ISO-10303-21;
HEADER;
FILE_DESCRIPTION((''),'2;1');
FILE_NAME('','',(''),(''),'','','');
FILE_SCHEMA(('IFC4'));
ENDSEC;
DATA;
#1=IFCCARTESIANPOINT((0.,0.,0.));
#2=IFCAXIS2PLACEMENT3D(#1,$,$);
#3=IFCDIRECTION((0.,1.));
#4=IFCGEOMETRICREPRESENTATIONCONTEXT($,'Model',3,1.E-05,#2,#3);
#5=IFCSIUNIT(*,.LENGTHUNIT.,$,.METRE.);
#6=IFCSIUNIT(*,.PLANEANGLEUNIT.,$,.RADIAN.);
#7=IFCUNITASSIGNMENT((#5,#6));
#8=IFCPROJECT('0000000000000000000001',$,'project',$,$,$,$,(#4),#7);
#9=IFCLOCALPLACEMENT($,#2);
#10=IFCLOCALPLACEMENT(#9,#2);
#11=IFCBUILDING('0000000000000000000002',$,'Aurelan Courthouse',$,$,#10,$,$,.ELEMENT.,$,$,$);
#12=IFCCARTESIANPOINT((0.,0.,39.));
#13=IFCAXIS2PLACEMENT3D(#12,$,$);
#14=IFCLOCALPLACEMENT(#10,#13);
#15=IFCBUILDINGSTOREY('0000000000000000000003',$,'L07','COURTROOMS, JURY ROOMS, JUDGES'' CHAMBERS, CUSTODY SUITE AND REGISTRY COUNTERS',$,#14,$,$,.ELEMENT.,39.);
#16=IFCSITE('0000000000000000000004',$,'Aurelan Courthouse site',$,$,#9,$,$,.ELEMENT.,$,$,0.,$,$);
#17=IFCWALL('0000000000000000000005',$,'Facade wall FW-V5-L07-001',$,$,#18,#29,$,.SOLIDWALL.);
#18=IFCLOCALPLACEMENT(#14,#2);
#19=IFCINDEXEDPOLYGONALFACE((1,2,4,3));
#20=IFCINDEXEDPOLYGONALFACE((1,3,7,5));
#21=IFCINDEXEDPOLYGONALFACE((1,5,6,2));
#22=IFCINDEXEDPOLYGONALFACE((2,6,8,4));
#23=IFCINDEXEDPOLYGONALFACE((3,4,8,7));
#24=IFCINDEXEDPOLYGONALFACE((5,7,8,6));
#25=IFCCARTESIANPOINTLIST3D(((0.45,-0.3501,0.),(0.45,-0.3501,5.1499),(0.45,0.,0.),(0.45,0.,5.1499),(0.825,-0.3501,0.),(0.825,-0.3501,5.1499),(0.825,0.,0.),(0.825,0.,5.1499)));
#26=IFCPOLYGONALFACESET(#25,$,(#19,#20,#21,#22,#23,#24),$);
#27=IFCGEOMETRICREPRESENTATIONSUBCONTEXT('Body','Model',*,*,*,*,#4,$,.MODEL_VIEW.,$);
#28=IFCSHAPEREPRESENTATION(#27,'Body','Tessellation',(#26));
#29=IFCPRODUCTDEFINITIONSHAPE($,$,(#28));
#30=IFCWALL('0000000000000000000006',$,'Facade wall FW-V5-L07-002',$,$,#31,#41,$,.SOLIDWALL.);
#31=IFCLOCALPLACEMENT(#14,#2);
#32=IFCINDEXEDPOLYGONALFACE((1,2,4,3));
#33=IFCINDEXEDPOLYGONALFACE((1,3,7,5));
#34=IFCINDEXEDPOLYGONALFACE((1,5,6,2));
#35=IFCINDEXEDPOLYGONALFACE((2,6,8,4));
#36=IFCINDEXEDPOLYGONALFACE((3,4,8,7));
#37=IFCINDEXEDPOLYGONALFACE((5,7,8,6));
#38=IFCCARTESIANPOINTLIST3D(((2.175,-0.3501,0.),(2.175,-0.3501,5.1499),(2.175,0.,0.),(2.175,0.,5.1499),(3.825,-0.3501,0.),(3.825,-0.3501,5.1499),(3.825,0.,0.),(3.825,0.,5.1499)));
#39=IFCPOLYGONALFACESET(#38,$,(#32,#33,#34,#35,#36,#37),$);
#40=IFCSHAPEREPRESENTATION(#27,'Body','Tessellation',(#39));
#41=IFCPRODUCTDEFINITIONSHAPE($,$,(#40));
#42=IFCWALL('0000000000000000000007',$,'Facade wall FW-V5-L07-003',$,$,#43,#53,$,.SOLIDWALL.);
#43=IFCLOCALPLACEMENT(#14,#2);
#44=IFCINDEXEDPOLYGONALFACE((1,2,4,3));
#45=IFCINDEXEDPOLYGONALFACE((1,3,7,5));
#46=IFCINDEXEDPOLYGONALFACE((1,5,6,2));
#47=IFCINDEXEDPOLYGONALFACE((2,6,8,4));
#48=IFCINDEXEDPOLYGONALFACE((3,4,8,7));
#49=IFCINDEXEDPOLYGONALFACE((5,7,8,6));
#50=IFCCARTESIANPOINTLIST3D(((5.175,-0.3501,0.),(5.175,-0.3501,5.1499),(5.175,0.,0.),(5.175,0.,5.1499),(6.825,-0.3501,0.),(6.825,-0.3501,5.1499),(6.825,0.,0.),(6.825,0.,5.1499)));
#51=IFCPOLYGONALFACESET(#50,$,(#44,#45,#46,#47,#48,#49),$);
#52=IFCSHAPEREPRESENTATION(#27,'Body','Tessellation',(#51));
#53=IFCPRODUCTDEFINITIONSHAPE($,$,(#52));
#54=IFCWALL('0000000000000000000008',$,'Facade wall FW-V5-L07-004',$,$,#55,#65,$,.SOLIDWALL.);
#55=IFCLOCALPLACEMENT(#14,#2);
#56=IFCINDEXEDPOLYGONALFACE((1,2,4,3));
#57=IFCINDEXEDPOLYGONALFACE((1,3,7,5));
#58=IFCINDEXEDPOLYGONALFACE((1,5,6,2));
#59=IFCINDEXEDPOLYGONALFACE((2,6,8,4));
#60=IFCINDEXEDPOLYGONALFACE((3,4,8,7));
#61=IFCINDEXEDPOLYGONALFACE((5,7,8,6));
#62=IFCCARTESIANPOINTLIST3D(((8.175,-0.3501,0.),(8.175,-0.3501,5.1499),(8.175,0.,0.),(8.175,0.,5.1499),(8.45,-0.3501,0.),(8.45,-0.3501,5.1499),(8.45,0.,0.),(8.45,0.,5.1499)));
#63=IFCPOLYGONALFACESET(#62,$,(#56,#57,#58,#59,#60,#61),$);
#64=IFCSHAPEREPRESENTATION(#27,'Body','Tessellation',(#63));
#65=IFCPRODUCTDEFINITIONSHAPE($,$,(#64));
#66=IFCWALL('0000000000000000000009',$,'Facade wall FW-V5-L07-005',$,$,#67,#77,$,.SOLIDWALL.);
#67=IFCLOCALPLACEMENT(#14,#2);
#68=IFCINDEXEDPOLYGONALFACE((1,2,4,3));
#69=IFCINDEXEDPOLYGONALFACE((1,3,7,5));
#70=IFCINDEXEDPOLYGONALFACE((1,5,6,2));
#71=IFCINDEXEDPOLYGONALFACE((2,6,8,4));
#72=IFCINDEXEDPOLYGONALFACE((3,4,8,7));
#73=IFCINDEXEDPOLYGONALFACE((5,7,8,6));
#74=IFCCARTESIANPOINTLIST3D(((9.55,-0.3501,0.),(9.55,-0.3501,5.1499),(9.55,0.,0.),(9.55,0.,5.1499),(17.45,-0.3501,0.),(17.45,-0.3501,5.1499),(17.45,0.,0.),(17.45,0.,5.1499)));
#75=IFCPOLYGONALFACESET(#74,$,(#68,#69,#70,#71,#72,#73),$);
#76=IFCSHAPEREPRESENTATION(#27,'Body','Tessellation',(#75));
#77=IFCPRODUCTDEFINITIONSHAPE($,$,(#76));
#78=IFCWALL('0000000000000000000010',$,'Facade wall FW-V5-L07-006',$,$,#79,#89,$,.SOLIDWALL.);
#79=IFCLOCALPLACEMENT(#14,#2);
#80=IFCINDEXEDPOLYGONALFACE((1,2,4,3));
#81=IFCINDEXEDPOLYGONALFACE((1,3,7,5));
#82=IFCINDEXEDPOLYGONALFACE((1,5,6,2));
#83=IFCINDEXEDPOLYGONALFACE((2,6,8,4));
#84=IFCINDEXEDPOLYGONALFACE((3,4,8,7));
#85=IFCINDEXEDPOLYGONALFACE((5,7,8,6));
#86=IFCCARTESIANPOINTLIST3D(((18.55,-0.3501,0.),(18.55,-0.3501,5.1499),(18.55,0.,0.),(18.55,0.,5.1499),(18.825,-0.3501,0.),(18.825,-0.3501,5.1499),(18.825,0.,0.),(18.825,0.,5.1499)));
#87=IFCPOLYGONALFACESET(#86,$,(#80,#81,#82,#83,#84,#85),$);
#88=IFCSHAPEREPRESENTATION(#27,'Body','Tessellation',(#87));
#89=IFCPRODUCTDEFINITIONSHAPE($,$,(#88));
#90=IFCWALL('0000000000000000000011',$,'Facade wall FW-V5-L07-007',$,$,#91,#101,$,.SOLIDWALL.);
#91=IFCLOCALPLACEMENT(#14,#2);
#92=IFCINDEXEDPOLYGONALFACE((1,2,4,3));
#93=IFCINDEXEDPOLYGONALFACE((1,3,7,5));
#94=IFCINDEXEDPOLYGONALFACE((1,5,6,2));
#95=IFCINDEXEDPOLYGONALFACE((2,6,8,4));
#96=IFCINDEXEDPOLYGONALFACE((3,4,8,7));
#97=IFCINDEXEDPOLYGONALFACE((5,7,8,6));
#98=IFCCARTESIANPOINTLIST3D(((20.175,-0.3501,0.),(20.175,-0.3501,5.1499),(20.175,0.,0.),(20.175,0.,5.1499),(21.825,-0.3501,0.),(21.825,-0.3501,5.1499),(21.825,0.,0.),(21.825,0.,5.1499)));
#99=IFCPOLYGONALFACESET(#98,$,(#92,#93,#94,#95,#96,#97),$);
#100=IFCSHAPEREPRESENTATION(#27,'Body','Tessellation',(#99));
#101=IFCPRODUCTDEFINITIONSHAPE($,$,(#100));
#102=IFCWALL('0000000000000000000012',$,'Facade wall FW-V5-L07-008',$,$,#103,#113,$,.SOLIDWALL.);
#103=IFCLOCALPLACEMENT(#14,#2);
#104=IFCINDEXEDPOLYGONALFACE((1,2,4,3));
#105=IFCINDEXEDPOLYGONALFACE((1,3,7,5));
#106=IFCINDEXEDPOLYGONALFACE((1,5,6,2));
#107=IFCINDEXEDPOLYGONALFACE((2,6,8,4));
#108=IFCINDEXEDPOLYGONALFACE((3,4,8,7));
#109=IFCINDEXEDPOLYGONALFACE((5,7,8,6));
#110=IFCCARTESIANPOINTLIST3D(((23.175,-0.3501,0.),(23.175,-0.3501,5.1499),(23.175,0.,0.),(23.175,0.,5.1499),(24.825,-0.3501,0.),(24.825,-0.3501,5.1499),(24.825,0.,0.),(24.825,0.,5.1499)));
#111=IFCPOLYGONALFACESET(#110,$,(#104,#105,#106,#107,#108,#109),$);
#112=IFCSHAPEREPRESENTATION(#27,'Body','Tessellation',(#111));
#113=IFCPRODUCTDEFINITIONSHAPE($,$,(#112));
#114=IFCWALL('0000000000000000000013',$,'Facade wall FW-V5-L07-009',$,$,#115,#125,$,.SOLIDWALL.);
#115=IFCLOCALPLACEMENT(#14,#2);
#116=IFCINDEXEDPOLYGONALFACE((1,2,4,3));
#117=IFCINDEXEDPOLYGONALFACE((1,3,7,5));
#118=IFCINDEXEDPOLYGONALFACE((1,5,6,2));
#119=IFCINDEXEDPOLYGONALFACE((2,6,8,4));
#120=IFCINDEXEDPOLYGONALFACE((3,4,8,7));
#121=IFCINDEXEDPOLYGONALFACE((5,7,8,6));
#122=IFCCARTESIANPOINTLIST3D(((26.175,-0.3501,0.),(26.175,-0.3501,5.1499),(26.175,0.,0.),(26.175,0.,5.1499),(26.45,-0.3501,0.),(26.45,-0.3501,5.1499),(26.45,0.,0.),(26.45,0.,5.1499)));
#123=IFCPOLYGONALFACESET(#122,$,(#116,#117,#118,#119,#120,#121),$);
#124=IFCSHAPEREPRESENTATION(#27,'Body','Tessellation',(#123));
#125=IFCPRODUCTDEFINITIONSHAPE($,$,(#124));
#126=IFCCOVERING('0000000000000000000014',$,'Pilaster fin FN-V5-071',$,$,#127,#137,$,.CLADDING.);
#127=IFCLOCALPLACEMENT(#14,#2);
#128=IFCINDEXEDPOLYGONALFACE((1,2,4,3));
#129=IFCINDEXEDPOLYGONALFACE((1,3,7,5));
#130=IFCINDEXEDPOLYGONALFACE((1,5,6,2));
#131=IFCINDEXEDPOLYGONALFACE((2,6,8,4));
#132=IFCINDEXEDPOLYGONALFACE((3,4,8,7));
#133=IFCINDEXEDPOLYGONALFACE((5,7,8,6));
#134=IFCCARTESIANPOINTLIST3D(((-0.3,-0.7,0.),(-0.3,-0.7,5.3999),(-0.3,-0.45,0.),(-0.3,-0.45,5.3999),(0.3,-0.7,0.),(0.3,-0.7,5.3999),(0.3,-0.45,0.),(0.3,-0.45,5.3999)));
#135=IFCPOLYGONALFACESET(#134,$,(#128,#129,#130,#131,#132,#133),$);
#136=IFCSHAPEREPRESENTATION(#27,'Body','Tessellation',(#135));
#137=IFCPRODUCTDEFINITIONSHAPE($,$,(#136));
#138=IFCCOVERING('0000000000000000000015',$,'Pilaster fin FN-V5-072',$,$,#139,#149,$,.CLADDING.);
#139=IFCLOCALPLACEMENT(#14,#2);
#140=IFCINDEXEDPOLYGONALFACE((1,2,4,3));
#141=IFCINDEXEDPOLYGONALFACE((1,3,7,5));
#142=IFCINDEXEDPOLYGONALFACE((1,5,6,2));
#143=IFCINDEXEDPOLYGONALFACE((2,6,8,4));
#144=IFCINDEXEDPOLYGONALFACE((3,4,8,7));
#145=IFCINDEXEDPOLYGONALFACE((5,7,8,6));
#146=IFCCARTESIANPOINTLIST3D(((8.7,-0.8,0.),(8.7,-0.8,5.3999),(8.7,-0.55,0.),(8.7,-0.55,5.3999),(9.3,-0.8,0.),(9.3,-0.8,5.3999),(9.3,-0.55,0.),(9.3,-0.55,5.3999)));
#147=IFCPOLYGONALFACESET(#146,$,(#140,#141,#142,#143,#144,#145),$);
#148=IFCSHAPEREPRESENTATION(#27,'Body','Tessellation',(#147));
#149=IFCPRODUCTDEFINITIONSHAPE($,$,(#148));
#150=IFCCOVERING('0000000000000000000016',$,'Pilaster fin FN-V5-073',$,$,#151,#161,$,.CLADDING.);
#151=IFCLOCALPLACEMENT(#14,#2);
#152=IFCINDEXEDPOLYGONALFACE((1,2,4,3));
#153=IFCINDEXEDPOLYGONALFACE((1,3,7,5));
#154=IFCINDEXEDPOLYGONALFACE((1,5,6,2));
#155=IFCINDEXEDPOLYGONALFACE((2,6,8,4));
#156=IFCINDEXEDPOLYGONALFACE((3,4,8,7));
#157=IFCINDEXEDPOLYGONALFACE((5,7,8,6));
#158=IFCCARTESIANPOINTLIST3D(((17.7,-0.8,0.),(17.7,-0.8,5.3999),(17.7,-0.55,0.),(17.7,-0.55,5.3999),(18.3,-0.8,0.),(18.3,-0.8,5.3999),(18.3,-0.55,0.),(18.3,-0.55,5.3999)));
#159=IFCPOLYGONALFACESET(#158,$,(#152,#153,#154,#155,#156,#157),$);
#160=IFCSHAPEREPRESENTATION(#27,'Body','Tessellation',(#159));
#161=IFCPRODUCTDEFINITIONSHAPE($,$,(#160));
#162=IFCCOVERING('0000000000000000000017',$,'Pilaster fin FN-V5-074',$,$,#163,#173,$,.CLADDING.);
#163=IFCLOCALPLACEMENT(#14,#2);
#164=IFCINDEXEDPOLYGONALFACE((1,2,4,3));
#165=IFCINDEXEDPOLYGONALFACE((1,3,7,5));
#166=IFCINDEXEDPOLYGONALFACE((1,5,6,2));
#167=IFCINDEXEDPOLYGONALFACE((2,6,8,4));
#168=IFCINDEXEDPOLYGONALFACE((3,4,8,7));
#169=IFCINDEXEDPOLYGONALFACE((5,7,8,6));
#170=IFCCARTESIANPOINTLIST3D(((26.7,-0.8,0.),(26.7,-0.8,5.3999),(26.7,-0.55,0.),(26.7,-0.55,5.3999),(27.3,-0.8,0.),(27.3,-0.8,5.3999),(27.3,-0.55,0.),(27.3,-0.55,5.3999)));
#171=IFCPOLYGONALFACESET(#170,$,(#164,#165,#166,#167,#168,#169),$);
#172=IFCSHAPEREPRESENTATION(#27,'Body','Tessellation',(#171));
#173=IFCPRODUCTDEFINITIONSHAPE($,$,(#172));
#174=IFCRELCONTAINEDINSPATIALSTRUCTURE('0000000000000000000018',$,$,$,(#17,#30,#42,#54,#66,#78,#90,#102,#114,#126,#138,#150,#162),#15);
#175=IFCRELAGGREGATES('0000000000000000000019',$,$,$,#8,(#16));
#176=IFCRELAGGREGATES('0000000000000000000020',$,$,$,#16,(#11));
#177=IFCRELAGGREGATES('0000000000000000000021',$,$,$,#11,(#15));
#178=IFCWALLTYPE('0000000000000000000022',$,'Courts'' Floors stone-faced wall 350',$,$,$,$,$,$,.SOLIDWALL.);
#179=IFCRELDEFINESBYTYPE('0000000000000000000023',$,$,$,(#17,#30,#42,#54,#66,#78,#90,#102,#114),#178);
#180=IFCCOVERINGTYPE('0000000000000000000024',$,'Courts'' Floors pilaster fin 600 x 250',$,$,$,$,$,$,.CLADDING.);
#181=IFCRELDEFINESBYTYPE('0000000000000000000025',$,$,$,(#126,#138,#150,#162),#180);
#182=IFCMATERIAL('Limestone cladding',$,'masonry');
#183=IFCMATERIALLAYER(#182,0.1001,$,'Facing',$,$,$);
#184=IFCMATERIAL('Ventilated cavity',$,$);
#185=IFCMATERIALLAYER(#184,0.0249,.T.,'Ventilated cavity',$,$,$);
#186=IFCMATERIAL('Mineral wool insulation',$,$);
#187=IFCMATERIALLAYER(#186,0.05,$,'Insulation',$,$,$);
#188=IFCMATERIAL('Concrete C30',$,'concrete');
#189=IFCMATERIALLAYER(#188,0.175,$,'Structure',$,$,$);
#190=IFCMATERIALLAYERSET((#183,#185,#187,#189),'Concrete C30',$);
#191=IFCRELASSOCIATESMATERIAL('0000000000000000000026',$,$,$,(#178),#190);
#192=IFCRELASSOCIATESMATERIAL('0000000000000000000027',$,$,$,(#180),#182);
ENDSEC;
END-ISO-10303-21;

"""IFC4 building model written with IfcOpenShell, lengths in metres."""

from ifc_helpers import new_model, si_unit, direction, frame, frame_2d, origin, origin_2d, place, context, subcontext, project, spatial, rectangle, extrude, material, layer, layer_set, type_object, element, save


model = new_model("IFC4")

# Units and contexts
model_context = context("Model", 3, precision=1e-05, world=origin(), true_north=direction((0.0, 1.0)))
body_context = subcontext(model_context, "Body", "Model", "MODEL_VIEW")
ifc_project = project(units=[si_unit("LENGTHUNIT", "METRE"), si_unit("PLANEANGLEUNIT", "RADIAN")], contexts=[model_context])

# Site, building, storey
site_placement = place(None, origin())
site = spatial("IfcSite", under=ifc_project, at=site_placement, Name="Aurelan Courthouse site", CompositionType="ELEMENT", RefElevation=0.0)
building_placement = place(site_placement, origin())
building = spatial("IfcBuilding", under=site, at=building_placement, Name="Aurelan Courthouse", CompositionType="ELEMENT")
storey_placement = place(building_placement, frame((0.0, 0.0, 39.0)))
storey = spatial("IfcBuildingStorey", under=building, at=storey_placement, Name="L07", Description="COURTROOMS, JURY ROOMS, JUDGES' CHAMBERS, CUSTODY SUITE AND REGISTRY COUNTERS", CompositionType="ELEMENT", Elevation=39.0)

# Shared definitions
ifc_material_1 = material(Name="Concrete C30", Category="concrete")

# Walls
ifc_material_2 = material(Name="Limestone cladding", Category="masonry")
ifc_layer_1 = layer(ifc_material_2, 0.1001, Name="Facing")
ifc_material_3 = material(Name="Ventilated cavity")
ifc_layer_2 = layer(ifc_material_3, 0.0249, ventilated=True, Name="Ventilated cavity")
ifc_material_4 = material(Name="Mineral wool insulation")
ifc_layer_3 = layer(ifc_material_4, 0.05, Name="Insulation")
ifc_layer_4 = layer(ifc_material_1, 0.175, Name="Structure")
ifc_layer_set_1 = layer_set([ifc_layer_1, ifc_layer_2, ifc_layer_3, ifc_layer_4], Name="Concrete C30")
wall_type = type_object("IfcWallType", Name="Courts' Floors stone-faced wall 350", PredefinedType="SOLIDWALL", material=ifc_layer_set_1)
wall_1_placement = place(storey_placement, frame((0.45, -0.175, 0.0), z_axis=(0.0, 0.0, 1.0), x_axis=(1.0, 0.0, 0.0)))
element("IfcWall", 1, at=wall_1_placement, inside=storey, type_object=wall_type, Name="Facade wall FW-V5-L07-001", PredefinedType="SOLIDWALL", context=body_context, shape_type="SweptSolid", body=[
    extrude(rectangle(XDim=0.375, YDim=0.3501, at=frame_2d((0.1875, 0.0))), origin(), (0.0, 0.0, 1.0), 5.1499),
])
for number, where, z_axis, x_axis, name in (
    (2, (2.175, -0.175, 0.0), (0.0, 0.0, 1.0), (1.0, 0.0, 0.0), "Facade wall FW-V5-L07-002"),
    (3, (5.175, -0.175, 0.0), (0.0, 0.0, 1.0), (1.0, 0.0, 0.0), "Facade wall FW-V5-L07-003"),
):
    element("IfcWall", number, at=place(storey_placement, frame(where, z_axis=z_axis, x_axis=x_axis)), inside=storey, type_object=wall_type, Name=name, PredefinedType="SOLIDWALL", context=body_context, shape_type="SweptSolid", body=[
        extrude(rectangle(XDim=1.6499, YDim=0.3501, at=frame_2d((0.825, 0.0))), origin(), (0.0, 0.0, 1.0), 5.1499),
    ])
wall_2_placement = place(storey_placement, frame((8.175, -0.175, 0.0), z_axis=(0.0, 0.0, 1.0), x_axis=(1.0, 0.0, 0.0)))
element("IfcWall", 4, at=wall_2_placement, inside=storey, type_object=wall_type, Name="Facade wall FW-V5-L07-004", PredefinedType="SOLIDWALL", context=body_context, shape_type="SweptSolid", body=[
    extrude(rectangle(XDim=0.2749, YDim=0.3501, at=frame_2d((0.1375, 0.0))), origin(), (0.0, 0.0, 1.0), 5.1499),
])
wall_3_placement = place(storey_placement, frame((9.55, -0.175, 0.0), z_axis=(0.0, 0.0, 1.0), x_axis=(1.0, 0.0, 0.0)))
element("IfcWall", 5, at=wall_3_placement, inside=storey, type_object=wall_type, Name="Facade wall FW-V5-L07-005", PredefinedType="SOLIDWALL", context=body_context, shape_type="SweptSolid", body=[
    extrude(rectangle(XDim=7.8999, YDim=0.3501, at=frame_2d((3.95, 0.0))), origin(), (0.0, 0.0, 1.0), 5.1499),
])
wall_4_placement = place(storey_placement, frame((18.55, -0.175, 0.0), z_axis=(0.0, 0.0, 1.0), x_axis=(1.0, 0.0, 0.0)))
element("IfcWall", 6, at=wall_4_placement, inside=storey, type_object=wall_type, Name="Facade wall FW-V5-L07-006", PredefinedType="SOLIDWALL", context=body_context, shape_type="SweptSolid", body=[
    extrude(rectangle(XDim=0.2749, YDim=0.3501, at=frame_2d((0.1375, 0.0))), origin(), (0.0, 0.0, 1.0), 5.1499),
])
for number, where, z_axis, x_axis, name in (
    (7, (20.175, -0.175, 0.0), (0.0, 0.0, 1.0), (1.0, 0.0, 0.0), "Facade wall FW-V5-L07-007"),
    (8, (23.175, -0.175, 0.0), (0.0, 0.0, 1.0), (1.0, 0.0, 0.0), "Facade wall FW-V5-L07-008"),
):
    element("IfcWall", number, at=place(storey_placement, frame(where, z_axis=z_axis, x_axis=x_axis)), inside=storey, type_object=wall_type, Name=name, PredefinedType="SOLIDWALL", context=body_context, shape_type="SweptSolid", body=[
        extrude(rectangle(XDim=1.6499, YDim=0.3501, at=frame_2d((0.825, 0.0))), origin(), (0.0, 0.0, 1.0), 5.1499),
    ])
wall_5_placement = place(storey_placement, frame((26.175, -0.175, 0.0), z_axis=(0.0, 0.0, 1.0), x_axis=(1.0, 0.0, 0.0)))
element("IfcWall", 9, at=wall_5_placement, inside=storey, type_object=wall_type, Name="Facade wall FW-V5-L07-009", PredefinedType="SOLIDWALL", context=body_context, shape_type="SweptSolid", body=[
    extrude(rectangle(XDim=0.2749, YDim=0.3501, at=frame_2d((0.1375, 0.0))), origin(), (0.0, 0.0, 1.0), 5.1499),
])

# Coverings
covering_type = type_object("IfcCoveringType", Name="Courts' Floors pilaster fin 600 x 250", PredefinedType="CLADDING", material=ifc_material_2)
for number, where, z_axis, x_axis, name in (
    (10, (0.0, -0.575, 0.0), (0.0, 0.0, 1.0), (1.0, 0.0, 0.0), "Pilaster fin FN-V5-071"),
    (11, (9.0, -0.675, 0.0), (0.0, 0.0, 1.0), (1.0, 0.0, 0.0), "Pilaster fin FN-V5-072"),
    (12, (18.0, -0.675, 0.0), (0.0, 0.0, 1.0), (1.0, 0.0, 0.0), "Pilaster fin FN-V5-073"),
    (13, (27.0, -0.675, 0.0), (0.0, 0.0, 1.0), (1.0, 0.0, 0.0), "Pilaster fin FN-V5-074"),
):
    element("IfcCovering", number, at=place(storey_placement, frame(where, z_axis=z_axis, x_axis=x_axis)), inside=storey, type_object=covering_type, Name=name, PredefinedType="CLADDING", context=body_context, shape_type="SweptSolid", body=[
        extrude(rectangle(XDim=0.6001, YDim=0.25, at=origin_2d()), origin(), (0.0, 0.0, 1.0), 5.3999),
    ])

save(model, "model.ifc")
